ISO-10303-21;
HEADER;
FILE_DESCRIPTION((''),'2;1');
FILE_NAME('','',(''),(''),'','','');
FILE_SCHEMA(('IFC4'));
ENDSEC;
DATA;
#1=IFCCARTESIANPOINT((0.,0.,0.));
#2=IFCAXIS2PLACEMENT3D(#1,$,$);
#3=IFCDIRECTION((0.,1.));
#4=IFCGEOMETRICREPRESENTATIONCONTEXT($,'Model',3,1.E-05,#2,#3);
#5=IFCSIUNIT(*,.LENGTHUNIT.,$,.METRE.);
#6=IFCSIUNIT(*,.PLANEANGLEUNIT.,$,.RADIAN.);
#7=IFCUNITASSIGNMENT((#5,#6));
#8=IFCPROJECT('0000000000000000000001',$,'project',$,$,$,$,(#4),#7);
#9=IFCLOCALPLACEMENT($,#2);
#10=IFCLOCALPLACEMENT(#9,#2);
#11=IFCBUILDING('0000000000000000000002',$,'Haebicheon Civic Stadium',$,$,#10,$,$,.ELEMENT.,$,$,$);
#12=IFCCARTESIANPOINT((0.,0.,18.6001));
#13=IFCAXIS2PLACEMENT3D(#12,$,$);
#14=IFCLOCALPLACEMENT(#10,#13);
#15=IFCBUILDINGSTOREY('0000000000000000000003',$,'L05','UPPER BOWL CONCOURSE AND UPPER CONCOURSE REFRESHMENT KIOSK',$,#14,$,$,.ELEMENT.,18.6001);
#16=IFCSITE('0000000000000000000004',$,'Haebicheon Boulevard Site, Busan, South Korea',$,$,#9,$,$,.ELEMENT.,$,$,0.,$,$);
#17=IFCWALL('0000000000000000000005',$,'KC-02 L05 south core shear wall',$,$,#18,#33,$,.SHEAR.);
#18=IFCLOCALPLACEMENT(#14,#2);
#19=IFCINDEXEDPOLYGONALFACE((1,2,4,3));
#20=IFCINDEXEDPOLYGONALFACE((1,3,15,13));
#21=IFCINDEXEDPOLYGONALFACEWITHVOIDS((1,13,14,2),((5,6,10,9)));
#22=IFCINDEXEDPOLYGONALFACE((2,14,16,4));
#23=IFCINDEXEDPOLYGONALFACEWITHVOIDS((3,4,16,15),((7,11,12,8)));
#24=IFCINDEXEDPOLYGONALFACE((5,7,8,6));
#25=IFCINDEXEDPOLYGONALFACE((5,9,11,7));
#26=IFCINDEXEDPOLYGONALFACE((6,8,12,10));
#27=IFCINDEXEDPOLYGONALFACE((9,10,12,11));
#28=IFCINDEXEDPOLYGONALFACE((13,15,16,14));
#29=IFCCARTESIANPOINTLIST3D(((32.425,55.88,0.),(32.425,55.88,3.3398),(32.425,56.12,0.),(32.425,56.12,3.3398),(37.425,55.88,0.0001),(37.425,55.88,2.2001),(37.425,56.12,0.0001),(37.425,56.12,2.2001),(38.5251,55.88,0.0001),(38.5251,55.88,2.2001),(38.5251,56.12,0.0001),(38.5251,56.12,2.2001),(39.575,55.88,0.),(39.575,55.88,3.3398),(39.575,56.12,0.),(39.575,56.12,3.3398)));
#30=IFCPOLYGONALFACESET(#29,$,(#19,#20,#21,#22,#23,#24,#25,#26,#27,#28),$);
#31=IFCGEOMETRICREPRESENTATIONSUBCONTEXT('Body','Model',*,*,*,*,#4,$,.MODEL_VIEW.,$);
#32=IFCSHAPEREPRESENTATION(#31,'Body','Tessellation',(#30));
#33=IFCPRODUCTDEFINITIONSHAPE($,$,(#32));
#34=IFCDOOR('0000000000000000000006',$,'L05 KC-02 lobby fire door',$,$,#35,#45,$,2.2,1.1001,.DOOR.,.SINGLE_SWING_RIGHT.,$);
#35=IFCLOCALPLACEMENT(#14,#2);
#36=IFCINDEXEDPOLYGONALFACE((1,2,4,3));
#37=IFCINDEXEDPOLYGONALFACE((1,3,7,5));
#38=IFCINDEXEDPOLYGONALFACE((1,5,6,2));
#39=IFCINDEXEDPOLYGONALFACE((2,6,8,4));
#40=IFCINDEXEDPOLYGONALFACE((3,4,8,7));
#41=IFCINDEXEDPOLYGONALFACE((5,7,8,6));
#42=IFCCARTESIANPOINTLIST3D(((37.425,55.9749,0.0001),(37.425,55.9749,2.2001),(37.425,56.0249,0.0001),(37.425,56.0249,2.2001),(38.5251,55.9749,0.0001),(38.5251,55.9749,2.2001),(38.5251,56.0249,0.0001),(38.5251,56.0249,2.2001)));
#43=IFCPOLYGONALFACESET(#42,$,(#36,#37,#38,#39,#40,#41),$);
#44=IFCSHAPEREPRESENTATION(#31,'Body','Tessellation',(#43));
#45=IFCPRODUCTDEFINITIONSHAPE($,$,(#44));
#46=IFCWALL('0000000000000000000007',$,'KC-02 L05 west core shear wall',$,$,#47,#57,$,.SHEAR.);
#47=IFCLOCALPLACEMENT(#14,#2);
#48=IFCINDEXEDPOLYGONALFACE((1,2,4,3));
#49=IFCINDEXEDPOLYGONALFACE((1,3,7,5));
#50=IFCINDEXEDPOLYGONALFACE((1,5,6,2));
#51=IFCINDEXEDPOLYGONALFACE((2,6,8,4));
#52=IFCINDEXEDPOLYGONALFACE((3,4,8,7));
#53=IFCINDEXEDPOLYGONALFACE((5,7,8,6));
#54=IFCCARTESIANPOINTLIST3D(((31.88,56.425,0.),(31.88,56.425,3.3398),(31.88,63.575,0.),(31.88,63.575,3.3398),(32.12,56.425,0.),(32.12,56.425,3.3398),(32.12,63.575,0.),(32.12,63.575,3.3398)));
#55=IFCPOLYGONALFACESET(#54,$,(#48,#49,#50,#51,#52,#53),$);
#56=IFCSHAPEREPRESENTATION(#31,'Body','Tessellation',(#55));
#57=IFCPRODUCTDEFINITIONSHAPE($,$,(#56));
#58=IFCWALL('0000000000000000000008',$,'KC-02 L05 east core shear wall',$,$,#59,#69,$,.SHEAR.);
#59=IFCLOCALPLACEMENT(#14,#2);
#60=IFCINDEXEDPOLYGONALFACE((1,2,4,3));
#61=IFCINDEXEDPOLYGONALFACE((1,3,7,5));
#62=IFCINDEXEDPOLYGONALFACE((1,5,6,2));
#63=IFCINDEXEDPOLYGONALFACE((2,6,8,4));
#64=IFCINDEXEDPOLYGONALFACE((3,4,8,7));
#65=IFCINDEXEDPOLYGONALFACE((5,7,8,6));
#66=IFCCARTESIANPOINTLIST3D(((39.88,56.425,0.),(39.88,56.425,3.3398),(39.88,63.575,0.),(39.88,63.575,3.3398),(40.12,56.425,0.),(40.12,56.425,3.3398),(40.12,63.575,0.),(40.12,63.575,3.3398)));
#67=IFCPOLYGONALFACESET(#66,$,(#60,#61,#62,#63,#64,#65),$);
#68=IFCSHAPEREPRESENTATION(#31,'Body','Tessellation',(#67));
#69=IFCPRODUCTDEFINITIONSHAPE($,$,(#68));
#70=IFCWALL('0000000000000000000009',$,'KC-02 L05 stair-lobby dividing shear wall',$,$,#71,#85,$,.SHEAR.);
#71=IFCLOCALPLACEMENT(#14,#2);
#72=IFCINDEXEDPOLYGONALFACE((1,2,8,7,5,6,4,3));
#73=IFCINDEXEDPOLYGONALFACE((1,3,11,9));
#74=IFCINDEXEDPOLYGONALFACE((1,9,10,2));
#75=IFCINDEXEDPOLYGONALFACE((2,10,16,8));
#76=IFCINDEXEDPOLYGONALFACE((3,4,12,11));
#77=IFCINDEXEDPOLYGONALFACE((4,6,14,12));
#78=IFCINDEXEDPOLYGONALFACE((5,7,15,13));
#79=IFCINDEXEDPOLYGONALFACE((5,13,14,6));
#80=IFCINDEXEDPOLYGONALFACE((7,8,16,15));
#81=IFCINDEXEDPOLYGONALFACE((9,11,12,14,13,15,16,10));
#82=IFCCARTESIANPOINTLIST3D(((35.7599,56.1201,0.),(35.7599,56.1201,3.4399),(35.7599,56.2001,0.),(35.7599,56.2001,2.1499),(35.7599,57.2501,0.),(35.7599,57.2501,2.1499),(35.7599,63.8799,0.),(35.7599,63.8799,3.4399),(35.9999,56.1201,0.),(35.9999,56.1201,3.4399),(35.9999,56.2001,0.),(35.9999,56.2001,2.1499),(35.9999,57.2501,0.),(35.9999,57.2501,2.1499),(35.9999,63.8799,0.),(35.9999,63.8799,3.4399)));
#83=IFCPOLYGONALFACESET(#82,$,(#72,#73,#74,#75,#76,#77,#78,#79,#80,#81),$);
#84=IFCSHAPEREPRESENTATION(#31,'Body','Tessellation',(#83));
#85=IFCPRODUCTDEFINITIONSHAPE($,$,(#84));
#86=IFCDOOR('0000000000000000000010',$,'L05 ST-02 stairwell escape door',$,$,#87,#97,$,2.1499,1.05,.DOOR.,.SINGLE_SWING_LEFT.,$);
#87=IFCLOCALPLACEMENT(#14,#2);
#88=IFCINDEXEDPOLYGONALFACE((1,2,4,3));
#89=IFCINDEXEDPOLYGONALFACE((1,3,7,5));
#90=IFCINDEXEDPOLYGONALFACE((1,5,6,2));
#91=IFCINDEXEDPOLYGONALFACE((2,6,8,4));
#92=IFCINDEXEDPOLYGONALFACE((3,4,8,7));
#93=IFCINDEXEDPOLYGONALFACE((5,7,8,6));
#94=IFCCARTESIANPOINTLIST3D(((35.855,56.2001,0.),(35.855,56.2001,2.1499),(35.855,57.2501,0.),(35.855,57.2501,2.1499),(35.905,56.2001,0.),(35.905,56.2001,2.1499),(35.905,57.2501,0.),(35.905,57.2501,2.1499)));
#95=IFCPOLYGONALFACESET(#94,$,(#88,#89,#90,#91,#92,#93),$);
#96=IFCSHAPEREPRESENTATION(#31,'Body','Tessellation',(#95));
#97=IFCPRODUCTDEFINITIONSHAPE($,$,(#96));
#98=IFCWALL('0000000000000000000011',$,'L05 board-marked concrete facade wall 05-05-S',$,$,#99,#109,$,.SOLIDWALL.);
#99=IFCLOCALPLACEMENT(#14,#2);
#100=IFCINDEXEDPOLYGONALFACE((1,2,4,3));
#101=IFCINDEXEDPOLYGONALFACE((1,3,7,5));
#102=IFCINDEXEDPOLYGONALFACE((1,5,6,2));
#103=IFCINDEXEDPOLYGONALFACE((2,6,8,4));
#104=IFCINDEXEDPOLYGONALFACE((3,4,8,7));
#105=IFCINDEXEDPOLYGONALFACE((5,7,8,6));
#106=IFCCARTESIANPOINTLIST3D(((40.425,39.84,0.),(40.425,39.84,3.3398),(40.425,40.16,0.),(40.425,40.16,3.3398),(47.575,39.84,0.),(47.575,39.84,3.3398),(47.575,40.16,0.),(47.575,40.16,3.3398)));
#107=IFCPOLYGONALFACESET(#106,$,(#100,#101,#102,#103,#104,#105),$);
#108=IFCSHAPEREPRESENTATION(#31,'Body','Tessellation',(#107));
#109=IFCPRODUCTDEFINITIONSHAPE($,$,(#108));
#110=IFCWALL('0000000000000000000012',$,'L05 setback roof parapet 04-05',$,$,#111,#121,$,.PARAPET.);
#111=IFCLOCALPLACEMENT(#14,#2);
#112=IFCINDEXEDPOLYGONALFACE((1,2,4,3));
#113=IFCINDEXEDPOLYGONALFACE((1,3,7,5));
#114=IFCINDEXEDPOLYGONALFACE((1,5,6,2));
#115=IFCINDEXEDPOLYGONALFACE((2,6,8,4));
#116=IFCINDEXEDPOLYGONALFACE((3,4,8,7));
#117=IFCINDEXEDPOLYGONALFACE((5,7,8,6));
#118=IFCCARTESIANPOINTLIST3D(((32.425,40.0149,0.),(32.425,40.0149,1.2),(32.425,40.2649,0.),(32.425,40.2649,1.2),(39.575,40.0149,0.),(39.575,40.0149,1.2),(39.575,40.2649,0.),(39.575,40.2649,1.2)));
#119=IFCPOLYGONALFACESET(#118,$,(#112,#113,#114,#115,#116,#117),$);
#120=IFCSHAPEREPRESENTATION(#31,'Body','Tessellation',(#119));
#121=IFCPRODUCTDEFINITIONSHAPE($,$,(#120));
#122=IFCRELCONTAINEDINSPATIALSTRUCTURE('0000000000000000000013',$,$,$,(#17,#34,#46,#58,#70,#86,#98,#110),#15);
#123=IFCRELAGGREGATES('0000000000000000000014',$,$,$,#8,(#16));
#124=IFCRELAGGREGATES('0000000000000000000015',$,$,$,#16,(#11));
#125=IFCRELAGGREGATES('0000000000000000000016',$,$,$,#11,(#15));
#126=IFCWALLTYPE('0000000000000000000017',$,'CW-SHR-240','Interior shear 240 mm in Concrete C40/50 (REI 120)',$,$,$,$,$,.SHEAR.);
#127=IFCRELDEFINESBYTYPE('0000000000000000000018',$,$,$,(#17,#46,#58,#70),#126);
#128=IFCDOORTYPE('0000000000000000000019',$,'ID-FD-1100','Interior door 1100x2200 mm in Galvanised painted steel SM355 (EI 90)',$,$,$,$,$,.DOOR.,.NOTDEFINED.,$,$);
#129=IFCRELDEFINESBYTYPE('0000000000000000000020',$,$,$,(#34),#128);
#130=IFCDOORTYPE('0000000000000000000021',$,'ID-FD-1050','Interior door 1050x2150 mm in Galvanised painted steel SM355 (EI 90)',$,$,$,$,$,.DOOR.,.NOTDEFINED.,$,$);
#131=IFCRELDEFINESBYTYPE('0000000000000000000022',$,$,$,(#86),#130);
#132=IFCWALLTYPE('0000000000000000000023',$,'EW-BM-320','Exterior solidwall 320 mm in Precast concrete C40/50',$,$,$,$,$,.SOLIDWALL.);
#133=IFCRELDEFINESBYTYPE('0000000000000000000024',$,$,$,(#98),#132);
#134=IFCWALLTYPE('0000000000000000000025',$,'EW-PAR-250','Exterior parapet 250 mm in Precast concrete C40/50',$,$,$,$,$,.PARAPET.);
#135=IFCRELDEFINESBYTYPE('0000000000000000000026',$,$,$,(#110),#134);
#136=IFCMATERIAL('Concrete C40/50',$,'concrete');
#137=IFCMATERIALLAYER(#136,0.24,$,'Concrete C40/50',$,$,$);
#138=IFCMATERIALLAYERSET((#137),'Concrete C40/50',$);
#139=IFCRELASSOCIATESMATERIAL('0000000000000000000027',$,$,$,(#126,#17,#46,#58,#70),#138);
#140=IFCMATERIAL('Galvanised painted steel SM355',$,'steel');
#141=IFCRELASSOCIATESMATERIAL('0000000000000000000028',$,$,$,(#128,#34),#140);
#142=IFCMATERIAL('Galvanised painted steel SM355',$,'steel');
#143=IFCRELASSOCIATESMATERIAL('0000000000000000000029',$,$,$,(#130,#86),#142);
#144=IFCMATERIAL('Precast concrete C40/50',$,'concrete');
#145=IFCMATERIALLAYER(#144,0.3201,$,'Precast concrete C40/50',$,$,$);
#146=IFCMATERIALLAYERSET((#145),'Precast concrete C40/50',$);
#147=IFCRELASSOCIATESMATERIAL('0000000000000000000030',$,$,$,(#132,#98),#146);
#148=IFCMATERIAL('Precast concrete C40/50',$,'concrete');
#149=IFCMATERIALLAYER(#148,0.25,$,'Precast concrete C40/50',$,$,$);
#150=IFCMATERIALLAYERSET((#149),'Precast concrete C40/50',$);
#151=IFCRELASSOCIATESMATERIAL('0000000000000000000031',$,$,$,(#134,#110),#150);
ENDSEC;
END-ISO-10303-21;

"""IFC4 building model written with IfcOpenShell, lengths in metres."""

from ifc_helpers import new_model, si_unit, direction, frame, frame_2d, origin, place, context, subcontext, project, spatial, rectangle, extrude, material, layer, layer_set, type_object, element, fill, save


model = new_model("IFC4")

# Units and contexts
model_context = context("Model", 3, precision=1e-05, world=origin(), true_north=direction((0.0, 1.0)))
body_context = subcontext(model_context, "Body", "Model", "MODEL_VIEW")
ifc_project = project(units=[si_unit("LENGTHUNIT", "METRE"), si_unit("PLANEANGLEUNIT", "RADIAN")], contexts=[model_context])

# Site, building, storey
site_placement = place(None, origin())
site = spatial("IfcSite", under=ifc_project, at=site_placement, Name="Haebicheon Boulevard Site, Busan, South Korea", CompositionType="ELEMENT", RefElevation=0.0)
building_placement = place(site_placement, origin())
building = spatial("IfcBuilding", under=site, at=building_placement, Name="Haebicheon Civic Stadium", CompositionType="ELEMENT")
storey_placement = place(building_placement, frame((0.0, 0.0, 18.6001)))
storey = spatial("IfcBuildingStorey", under=building, at=storey_placement, Name="L05", Description="UPPER BOWL CONCOURSE AND UPPER CONCOURSE REFRESHMENT KIOSK", CompositionType="ELEMENT", Elevation=18.6001)

# Wall, opening, door
ifc_material_1 = material(Name="Concrete C40/50", Category="concrete")
ifc_layer_1 = layer(ifc_material_1, 0.24, Name="Concrete C40/50")
ifc_layer_set_1 = layer_set([ifc_layer_1], Name="Concrete C40/50")
wall_type_1 = type_object("IfcWallType", Name="CW-SHR-240", Description="Interior shear 240 mm in Concrete C40/50 (REI 120)", PredefinedType="SHEAR", material=ifc_layer_set_1)
wall_1_placement = place(storey_placement, frame((32.425, 56.0, 0.0), z_axis=(0.0, 0.0, 1.0), x_axis=(1.0, 0.0, 0.0)))
wall_1 = element("IfcWall", 1, at=wall_1_placement, inside=storey, type_object=wall_type_1, material=ifc_layer_set_1, Name="KC-02 L05 south core shear wall", PredefinedType="SHEAR", context=body_context, shape_type="SweptSolid", body=[
    extrude(rectangle(XDim=7.1499, YDim=0.24, at=frame_2d((3.575, 0.0))), origin(), (0.0, 0.0, 1.0), 3.3398),
])
opening_1_placement = place(wall_1_placement, frame((5.0, 0.0, 0.0)))
opening_1 = element("IfcOpeningElement", 2, at=opening_1_placement, cuts=wall_1, PredefinedType="OPENING", context=body_context, shape_type="SweptSolid", body=[
    extrude(rectangle(XDim=1.1001, YDim=2.2, at=frame_2d((0.55, 1.1001))), frame((0.0, 0.1299, 0.0), z_axis=(0.0, -1.0, 0.0), x_axis=(1.0, 0.0, 0.0)), (0.0, 0.0, 1.0), 0.26),
])
ifc_material_2 = material(Name="Galvanised painted steel SM355", Category="steel")
door_type_1 = type_object("IfcDoorType", Name="ID-FD-1100", Description="Interior door 1100x2200 mm in Galvanised painted steel SM355 (EI 90)", OperationType="NOTDEFINED", PredefinedType="DOOR", material=ifc_material_2)
door_1_placement = place(opening_1_placement, origin())
door_1 = element("IfcDoor", 3, at=door_1_placement, inside=storey, type_object=door_type_1, material=ifc_material_2, Name="L05 KC-02 lobby fire door", OperationType="SINGLE_SWING_RIGHT", OverallHeight=2.2, OverallWidth=1.1001, PredefinedType="DOOR", context=body_context, shape_type="SweptSolid", body=[
    extrude(rectangle(XDim=1.1001, YDim=2.2, at=frame_2d((0.55, 1.1001))), frame((0.0, 0.0249, 0.0), z_axis=(0.0, -1.0, 0.0), x_axis=(1.0, 0.0, 0.0)), (0.0, 0.0, 1.0), 0.05),
])
fill(opening_1, door_1)

# Walls
for number, where, z_axis, x_axis, name in (
    (4, (32.0, 56.425, 0.0), (0.0, 0.0, 1.0), (0.0, 1.0, 0.0), "KC-02 L05 west core shear wall"),
    (5, (40.0, 56.425, 0.0), (0.0, 0.0, 1.0), (0.0, 1.0, 0.0), "KC-02 L05 east core shear wall"),
):
    element("IfcWall", number, at=place(storey_placement, frame(where, z_axis=z_axis, x_axis=x_axis)), inside=storey, type_object=wall_type_1, material=ifc_layer_set_1, Name=name, PredefinedType="SHEAR", context=body_context, shape_type="SweptSolid", body=[
        extrude(rectangle(XDim=7.1499, YDim=0.24, at=frame_2d((3.575, 0.0))), origin(), (0.0, 0.0, 1.0), 3.3398),
    ])

# Wall, opening, door
wall_2_placement = place(storey_placement, frame((35.8799, 56.1201, 0.0), z_axis=(0.0, 0.0, 1.0), x_axis=(0.0, 1.0, 0.0)))
wall_2 = element("IfcWall", 6, at=wall_2_placement, inside=storey, type_object=wall_type_1, material=ifc_layer_set_1, Name="KC-02 L05 stair-lobby dividing shear wall", PredefinedType="SHEAR", context=body_context, shape_type="SweptSolid", body=[
    extrude(rectangle(XDim=7.7598, YDim=0.24, at=frame_2d((3.8799, 0.0))), origin(), (0.0, 0.0, 1.0), 3.4399),
])
opening_2_placement = place(wall_2_placement, frame((0.0801, 0.0, 0.0)))
opening_2 = element("IfcOpeningElement", 7, at=opening_2_placement, cuts=wall_2, PredefinedType="OPENING", context=body_context, shape_type="SweptSolid", body=[
    extrude(rectangle(XDim=1.05, YDim=2.1499, at=frame_2d((0.5249, 1.075))), frame((0.0, 0.1299, 0.0), z_axis=(0.0, -1.0, 0.0), x_axis=(1.0, 0.0, 0.0)), (0.0, 0.0, 1.0), 0.26),
])
ifc_material_3 = material(Name="Galvanised painted steel SM355", Category="steel")
door_type_2 = type_object("IfcDoorType", Name="ID-FD-1050", Description="Interior door 1050x2150 mm in Galvanised painted steel SM355 (EI 90)", OperationType="NOTDEFINED", PredefinedType="DOOR", material=ifc_material_3)
door_2_placement = place(opening_2_placement, origin())
door_2 = element("IfcDoor", 8, at=door_2_placement, inside=storey, type_object=door_type_2, material=ifc_material_3, Name="L05 ST-02 stairwell escape door", OperationType="SINGLE_SWING_LEFT", OverallHeight=2.1499, OverallWidth=1.05, PredefinedType="DOOR", context=body_context, shape_type="SweptSolid", body=[
    extrude(rectangle(XDim=1.05, YDim=2.1499, at=frame_2d((0.5249, 1.075))), frame((0.0, 0.0249, 0.0), z_axis=(0.0, -1.0, 0.0), x_axis=(1.0, 0.0, 0.0)), (0.0, 0.0, 1.0), 0.05),
])
fill(opening_2, door_2)

# Walls
ifc_material_4 = material(Name="Precast concrete C40/50", Category="concrete")
ifc_layer_2 = layer(ifc_material_4, 0.3201, Name="Precast concrete C40/50")
ifc_layer_set_2 = layer_set([ifc_layer_2], Name="Precast concrete C40/50")
wall_type_2 = type_object("IfcWallType", Name="EW-BM-320", Description="Exterior solidwall 320 mm in Precast concrete C40/50", PredefinedType="SOLIDWALL", material=ifc_layer_set_2)
wall_3_placement = place(storey_placement, frame((40.425, 40.0, 0.0), z_axis=(0.0, 0.0, 1.0), x_axis=(1.0, 0.0, 0.0)))
element("IfcWall", 9, at=wall_3_placement, inside=storey, type_object=wall_type_2, material=ifc_layer_set_2, Name="L05 board-marked concrete facade wall 05-05-S", PredefinedType="SOLIDWALL", context=body_context, shape_type="SweptSolid", body=[
    extrude(rectangle(XDim=7.1499, YDim=0.3201, at=frame_2d((3.575, 0.0))), origin(), (0.0, 0.0, 1.0), 3.3398),
])
ifc_material_5 = material(Name="Precast concrete C40/50", Category="concrete")
ifc_layer_3 = layer(ifc_material_5, 0.25, Name="Precast concrete C40/50")
ifc_layer_set_3 = layer_set([ifc_layer_3], Name="Precast concrete C40/50")
wall_type_3 = type_object("IfcWallType", Name="EW-PAR-250", Description="Exterior parapet 250 mm in Precast concrete C40/50", PredefinedType="PARAPET", material=ifc_layer_set_3)
wall_4_placement = place(storey_placement, frame((32.425, 40.1399, 0.0), z_axis=(0.0, 0.0, 1.0), x_axis=(1.0, 0.0, 0.0)))
element("IfcWall", 10, at=wall_4_placement, inside=storey, type_object=wall_type_3, material=ifc_layer_set_3, Name="L05 setback roof parapet 04-05", PredefinedType="PARAPET", context=body_context, shape_type="SweptSolid", body=[
    extrude(rectangle(XDim=7.1499, YDim=0.25, at=frame_2d((3.575, 0.0))), origin(), (0.0, 0.0, 1.0), 1.2),
])

save(model, "model.ifc")
